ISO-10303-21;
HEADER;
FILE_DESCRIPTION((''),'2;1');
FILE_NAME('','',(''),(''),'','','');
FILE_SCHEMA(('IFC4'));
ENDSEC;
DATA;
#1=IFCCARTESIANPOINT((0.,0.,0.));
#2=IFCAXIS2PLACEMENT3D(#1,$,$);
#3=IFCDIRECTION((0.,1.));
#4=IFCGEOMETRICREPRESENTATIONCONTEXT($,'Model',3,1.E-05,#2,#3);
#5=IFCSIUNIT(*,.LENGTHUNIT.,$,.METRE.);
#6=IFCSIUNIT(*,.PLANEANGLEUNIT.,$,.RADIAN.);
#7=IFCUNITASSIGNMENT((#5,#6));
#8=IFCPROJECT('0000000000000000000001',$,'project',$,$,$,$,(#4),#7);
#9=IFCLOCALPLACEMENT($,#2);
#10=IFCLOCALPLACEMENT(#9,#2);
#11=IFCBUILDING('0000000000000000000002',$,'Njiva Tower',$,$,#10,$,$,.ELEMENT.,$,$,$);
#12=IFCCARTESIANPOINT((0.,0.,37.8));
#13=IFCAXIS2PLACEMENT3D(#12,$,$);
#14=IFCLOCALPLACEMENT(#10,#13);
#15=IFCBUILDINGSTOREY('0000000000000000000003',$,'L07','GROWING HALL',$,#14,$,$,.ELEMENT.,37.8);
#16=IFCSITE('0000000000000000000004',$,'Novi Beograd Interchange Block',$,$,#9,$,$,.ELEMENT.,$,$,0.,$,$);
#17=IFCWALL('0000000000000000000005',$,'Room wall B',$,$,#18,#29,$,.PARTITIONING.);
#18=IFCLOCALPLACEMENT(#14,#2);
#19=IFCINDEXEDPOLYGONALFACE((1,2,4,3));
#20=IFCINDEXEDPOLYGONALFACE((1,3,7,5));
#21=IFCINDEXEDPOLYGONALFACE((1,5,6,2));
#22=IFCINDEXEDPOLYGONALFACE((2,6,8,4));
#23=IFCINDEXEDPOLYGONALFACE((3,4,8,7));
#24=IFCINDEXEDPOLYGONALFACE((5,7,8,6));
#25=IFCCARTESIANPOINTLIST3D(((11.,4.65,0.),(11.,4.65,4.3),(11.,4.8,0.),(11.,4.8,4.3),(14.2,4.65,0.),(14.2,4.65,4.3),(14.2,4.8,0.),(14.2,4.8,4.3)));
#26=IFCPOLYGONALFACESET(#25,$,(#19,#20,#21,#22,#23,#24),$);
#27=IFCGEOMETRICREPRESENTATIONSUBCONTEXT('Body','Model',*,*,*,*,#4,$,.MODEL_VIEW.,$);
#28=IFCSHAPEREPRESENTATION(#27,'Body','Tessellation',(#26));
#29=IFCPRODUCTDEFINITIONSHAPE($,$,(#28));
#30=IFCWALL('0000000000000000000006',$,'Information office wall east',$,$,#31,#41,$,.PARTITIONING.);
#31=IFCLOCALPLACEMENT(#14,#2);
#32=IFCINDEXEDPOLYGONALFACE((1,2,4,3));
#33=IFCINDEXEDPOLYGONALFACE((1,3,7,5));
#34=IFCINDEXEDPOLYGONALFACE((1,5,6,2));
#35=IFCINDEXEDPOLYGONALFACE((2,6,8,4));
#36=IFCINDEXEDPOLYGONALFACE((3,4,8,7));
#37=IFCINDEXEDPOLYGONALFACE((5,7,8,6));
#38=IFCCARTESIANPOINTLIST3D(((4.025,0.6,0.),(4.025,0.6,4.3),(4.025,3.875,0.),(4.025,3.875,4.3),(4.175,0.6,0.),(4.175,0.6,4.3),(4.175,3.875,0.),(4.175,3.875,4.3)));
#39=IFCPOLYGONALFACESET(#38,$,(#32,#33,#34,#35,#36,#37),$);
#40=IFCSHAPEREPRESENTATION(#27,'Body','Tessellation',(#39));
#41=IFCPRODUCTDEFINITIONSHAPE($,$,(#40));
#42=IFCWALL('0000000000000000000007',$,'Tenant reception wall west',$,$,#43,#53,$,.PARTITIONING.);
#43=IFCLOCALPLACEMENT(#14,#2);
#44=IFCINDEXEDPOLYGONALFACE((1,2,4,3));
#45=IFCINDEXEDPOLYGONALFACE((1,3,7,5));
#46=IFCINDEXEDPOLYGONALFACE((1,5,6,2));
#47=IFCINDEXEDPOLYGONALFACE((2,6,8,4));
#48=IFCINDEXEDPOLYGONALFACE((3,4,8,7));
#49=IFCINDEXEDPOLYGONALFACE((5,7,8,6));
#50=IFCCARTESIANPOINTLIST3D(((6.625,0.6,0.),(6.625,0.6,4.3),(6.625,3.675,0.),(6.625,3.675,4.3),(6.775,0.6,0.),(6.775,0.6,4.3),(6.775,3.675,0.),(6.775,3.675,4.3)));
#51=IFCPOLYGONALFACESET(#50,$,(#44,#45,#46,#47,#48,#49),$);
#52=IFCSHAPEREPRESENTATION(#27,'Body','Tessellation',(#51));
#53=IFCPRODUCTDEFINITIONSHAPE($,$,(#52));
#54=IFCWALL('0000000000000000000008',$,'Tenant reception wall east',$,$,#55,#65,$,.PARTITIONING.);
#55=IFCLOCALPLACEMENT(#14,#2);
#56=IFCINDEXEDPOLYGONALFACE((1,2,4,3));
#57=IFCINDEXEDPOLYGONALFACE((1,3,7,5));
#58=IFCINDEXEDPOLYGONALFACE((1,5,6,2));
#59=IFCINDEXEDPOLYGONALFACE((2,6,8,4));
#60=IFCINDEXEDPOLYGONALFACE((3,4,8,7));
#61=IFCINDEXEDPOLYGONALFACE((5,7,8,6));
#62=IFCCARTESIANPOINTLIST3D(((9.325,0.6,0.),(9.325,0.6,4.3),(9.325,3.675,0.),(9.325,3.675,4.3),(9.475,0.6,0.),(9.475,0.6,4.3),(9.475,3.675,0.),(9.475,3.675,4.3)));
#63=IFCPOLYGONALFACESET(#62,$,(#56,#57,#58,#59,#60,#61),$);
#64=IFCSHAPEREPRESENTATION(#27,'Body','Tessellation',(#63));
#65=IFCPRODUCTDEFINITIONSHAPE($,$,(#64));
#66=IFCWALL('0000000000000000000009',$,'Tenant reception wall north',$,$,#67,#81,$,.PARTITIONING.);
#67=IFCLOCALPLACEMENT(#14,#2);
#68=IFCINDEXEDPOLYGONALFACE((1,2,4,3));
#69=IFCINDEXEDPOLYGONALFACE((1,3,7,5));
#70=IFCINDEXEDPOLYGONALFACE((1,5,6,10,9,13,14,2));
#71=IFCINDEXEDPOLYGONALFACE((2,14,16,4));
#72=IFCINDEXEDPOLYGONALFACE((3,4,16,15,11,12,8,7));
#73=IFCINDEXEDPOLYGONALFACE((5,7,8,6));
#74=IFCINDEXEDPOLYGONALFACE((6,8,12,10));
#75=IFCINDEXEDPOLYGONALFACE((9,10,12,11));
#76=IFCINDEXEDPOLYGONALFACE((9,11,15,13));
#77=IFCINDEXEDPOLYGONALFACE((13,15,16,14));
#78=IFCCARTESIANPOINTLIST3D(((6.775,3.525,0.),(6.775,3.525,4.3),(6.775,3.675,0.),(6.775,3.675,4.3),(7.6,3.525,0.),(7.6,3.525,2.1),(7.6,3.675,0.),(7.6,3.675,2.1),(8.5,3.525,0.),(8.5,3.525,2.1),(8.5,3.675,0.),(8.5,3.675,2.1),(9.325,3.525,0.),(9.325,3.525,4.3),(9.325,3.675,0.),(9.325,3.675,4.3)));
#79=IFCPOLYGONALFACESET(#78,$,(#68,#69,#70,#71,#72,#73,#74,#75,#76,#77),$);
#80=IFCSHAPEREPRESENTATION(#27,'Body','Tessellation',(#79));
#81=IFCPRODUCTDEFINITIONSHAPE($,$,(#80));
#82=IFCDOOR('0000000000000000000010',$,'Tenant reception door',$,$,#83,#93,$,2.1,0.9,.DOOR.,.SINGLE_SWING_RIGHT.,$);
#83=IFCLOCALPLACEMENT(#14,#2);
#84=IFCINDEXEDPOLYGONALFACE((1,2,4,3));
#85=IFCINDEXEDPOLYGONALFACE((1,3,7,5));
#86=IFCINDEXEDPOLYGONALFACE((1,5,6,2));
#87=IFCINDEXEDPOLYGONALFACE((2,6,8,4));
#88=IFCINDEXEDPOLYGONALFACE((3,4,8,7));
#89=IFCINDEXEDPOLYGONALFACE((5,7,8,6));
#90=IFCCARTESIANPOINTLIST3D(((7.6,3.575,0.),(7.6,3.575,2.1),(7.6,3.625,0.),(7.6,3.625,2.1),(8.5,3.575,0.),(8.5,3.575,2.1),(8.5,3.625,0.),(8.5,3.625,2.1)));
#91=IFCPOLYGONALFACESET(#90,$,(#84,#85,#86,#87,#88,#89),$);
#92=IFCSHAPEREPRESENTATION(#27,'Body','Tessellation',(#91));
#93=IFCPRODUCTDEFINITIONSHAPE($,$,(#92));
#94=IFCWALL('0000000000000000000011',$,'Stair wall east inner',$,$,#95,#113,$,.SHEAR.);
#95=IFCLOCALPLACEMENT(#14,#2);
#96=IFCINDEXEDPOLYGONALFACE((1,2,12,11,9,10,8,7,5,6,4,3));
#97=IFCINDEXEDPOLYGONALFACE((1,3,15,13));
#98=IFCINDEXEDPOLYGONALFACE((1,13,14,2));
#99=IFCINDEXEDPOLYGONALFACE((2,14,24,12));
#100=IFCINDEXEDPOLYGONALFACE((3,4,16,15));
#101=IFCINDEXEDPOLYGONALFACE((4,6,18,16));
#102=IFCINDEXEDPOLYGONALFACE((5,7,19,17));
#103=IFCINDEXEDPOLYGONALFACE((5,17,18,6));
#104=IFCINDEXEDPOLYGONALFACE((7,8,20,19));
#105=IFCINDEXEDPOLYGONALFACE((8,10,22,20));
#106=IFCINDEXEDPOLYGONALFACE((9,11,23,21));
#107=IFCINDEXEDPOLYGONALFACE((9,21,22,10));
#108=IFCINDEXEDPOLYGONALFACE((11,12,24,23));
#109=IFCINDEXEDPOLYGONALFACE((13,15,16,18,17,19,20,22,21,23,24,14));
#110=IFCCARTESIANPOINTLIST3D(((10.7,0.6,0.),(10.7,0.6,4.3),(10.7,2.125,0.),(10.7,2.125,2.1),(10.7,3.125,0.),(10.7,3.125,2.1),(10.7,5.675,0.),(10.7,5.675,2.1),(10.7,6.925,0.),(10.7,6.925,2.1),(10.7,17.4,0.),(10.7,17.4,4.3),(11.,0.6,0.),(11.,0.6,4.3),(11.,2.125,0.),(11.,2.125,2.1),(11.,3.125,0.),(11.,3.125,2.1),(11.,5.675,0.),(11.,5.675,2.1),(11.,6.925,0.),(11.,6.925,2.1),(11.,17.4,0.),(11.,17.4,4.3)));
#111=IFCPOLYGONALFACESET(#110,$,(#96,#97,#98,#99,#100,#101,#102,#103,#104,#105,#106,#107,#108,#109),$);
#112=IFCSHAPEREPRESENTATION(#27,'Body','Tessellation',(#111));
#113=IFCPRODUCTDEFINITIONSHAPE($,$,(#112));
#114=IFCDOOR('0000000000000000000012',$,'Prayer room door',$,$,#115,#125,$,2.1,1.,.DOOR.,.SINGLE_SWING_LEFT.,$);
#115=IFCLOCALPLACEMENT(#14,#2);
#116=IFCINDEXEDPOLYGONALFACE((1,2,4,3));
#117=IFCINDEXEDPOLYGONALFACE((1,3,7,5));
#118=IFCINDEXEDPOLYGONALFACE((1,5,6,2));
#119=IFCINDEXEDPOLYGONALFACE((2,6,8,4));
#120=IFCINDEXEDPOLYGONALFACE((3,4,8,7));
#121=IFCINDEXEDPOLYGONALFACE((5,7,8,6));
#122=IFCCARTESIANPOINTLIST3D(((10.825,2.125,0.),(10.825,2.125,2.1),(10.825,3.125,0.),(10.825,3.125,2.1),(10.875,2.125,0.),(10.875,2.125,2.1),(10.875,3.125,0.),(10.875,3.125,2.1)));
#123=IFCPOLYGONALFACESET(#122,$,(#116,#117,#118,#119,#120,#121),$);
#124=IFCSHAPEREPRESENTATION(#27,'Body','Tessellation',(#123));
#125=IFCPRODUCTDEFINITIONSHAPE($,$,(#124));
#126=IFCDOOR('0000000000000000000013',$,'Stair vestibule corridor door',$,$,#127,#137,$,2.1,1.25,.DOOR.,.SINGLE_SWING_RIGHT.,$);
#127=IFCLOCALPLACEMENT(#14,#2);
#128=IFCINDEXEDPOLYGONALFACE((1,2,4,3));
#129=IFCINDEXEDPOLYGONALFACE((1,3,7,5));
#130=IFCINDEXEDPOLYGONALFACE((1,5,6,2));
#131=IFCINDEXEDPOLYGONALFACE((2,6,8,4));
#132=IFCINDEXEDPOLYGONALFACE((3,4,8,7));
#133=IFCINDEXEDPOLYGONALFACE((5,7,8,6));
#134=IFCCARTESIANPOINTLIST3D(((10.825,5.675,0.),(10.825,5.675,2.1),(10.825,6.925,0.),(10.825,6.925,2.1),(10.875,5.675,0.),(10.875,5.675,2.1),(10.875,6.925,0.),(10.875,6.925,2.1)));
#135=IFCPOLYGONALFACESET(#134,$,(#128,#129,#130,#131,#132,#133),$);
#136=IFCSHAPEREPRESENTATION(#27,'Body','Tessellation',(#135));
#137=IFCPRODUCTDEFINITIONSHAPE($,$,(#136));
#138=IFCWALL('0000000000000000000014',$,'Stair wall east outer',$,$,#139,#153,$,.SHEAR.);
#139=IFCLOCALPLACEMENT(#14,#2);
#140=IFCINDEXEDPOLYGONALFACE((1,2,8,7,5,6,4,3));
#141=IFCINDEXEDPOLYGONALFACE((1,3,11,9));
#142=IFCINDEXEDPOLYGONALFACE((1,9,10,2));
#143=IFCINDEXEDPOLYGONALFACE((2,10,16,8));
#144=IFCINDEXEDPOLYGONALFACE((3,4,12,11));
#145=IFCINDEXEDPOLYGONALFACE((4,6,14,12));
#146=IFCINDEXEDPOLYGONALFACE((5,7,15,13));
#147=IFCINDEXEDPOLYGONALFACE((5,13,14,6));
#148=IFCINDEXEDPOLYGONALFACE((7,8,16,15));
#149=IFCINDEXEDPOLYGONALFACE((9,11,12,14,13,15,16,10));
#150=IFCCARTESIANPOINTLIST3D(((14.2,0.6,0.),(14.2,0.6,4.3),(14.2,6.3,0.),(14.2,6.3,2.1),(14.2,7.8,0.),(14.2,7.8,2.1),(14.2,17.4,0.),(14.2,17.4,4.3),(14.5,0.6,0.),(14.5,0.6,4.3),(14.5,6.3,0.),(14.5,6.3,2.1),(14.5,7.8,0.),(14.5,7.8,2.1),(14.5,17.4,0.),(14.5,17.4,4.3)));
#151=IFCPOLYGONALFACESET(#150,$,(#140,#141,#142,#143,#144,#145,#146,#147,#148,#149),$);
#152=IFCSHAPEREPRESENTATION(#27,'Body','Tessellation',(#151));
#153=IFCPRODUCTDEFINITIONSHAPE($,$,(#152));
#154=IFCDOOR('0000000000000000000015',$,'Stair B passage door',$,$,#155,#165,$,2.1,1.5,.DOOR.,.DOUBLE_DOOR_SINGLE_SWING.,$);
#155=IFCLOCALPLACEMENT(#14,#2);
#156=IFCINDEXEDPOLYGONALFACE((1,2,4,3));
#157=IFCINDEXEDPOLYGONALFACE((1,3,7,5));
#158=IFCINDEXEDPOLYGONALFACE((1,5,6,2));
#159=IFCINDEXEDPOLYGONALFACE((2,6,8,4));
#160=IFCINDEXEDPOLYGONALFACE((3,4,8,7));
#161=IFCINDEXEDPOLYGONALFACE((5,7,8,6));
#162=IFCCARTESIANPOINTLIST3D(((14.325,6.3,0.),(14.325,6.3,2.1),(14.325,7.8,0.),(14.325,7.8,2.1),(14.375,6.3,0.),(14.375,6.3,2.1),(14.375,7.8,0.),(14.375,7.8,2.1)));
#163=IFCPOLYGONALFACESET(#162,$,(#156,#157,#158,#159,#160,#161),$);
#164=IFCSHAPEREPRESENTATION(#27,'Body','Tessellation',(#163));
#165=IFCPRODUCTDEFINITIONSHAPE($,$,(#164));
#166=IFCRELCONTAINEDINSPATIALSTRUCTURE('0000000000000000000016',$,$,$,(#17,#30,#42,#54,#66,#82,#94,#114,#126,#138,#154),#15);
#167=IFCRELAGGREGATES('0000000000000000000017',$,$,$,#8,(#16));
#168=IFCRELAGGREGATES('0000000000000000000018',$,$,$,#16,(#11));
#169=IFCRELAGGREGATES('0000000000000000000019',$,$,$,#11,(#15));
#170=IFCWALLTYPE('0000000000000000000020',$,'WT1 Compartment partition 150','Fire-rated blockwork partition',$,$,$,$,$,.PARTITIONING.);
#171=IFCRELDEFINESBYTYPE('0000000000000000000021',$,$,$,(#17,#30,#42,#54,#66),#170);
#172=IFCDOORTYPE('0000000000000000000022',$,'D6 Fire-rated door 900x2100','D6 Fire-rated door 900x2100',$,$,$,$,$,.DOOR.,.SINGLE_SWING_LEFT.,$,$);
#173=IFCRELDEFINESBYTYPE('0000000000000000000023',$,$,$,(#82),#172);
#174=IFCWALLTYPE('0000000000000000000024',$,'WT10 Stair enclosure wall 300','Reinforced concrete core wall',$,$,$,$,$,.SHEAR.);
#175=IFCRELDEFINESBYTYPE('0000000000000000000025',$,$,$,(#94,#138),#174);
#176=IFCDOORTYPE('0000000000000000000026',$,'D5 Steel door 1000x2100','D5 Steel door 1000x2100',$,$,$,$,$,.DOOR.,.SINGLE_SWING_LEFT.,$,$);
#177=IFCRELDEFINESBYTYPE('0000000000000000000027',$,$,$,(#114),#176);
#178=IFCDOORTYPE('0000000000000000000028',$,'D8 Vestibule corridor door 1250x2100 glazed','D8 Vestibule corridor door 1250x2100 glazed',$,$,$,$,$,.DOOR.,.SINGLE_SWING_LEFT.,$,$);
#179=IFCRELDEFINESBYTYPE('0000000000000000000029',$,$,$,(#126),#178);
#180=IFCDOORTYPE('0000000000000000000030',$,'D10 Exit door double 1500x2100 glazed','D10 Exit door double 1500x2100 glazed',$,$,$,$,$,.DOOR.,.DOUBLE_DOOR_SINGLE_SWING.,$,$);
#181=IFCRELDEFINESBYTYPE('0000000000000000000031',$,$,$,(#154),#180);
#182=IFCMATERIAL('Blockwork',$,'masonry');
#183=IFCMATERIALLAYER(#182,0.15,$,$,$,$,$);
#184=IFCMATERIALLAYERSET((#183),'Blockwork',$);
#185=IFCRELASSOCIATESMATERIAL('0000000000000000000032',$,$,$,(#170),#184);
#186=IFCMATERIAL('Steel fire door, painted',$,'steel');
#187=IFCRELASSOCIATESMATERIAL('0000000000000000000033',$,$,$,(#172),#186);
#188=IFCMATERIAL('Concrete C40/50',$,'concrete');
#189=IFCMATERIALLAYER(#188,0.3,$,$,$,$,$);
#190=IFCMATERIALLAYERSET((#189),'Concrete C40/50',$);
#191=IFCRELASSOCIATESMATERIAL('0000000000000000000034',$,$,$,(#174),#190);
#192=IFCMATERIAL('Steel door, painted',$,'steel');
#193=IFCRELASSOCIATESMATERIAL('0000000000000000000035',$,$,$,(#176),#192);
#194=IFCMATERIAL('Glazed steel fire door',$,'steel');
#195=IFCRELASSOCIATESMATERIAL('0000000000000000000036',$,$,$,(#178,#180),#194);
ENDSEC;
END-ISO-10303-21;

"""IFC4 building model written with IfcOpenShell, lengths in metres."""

from ifc_helpers import new_model, si_unit, direction, frame, frame_2d, origin, place, context, subcontext, project, spatial, rectangle, extrude, material, layer, layer_set, type_object, element, fill, save


model = new_model("IFC4")

# Units and contexts
model_context = context("Model", 3, precision=1e-05, world=origin(), true_north=direction((0.0, 1.0)))
body_context = subcontext(model_context, "Body", "Model", "MODEL_VIEW")
ifc_project = project(units=[si_unit("LENGTHUNIT", "METRE"), si_unit("PLANEANGLEUNIT", "RADIAN")], contexts=[model_context])

# Site, building, storey
site_placement = place(None, origin())
site = spatial("IfcSite", under=ifc_project, at=site_placement, Name="Novi Beograd Interchange Block", CompositionType="ELEMENT", RefElevation=0.0)
building_placement = place(site_placement, origin())
building = spatial("IfcBuilding", under=site, at=building_placement, Name="Njiva Tower", CompositionType="ELEMENT")
storey_placement = place(building_placement, frame((0.0, 0.0, 37.8)))
storey = spatial("IfcBuildingStorey", under=building, at=storey_placement, Name="L07", Description="GROWING HALL", CompositionType="ELEMENT", Elevation=37.8)

# Shared definitions
ifc_material_1 = material(Name="Concrete C40/50", Category="concrete")

# Walls
ifc_material_2 = material(Name="Blockwork", Category="masonry")
ifc_layer_1 = layer(ifc_material_2, 0.15)
ifc_layer_set_1 = layer_set([ifc_layer_1], Name="Blockwork")
wall_type_1 = type_object("IfcWallType", Name="WT1 Compartment partition 150", Description="Fire-rated blockwork partition", PredefinedType="PARTITIONING", material=ifc_layer_set_1)
wall_1_placement = place(storey_placement, frame((11.0, 4.725, 0.0), z_axis=(0.0, 0.0, 1.0), x_axis=(1.0, 0.0, 0.0)))
element("IfcWall", 1, at=wall_1_placement, inside=storey, type_object=wall_type_1, Name="Room wall B", PredefinedType="PARTITIONING", context=body_context, shape_type="SweptSolid", body=[
    extrude(rectangle(XDim=3.2, YDim=0.15, at=frame_2d((1.6, 0.0))), origin(), (0.0, 0.0, 1.0), 4.3),
])
wall_2_placement = place(storey_placement, frame((4.1, 0.6, 0.0), z_axis=(0.0, 0.0, 1.0), x_axis=(0.0, 1.0, 0.0)))
element("IfcWall", 2, at=wall_2_placement, inside=storey, type_object=wall_type_1, Name="Information office wall east", PredefinedType="PARTITIONING", context=body_context, shape_type="SweptSolid", body=[
    extrude(rectangle(XDim=3.275, YDim=0.15, at=frame_2d((1.6375, 0.0))), origin(), (0.0, 0.0, 1.0), 4.3),
])
for number, where, z_axis, x_axis, name in (
    (3, (6.7, 0.6, 0.0), (0.0, 0.0, 1.0), (0.0, 1.0, 0.0), "Tenant reception wall west"),
    (4, (9.4, 0.6, 0.0), (0.0, 0.0, 1.0), (0.0, 1.0, 0.0), "Tenant reception wall east"),
):
    element("IfcWall", number, at=place(storey_placement, frame(where, z_axis=z_axis, x_axis=x_axis)), inside=storey, type_object=wall_type_1, Name=name, PredefinedType="PARTITIONING", context=body_context, shape_type="SweptSolid", body=[
        extrude(rectangle(XDim=3.075, YDim=0.15, at=frame_2d((1.5375, 0.0))), origin(), (0.0, 0.0, 1.0), 4.3),
    ])

# Wall, opening, door
wall_3_placement = place(storey_placement, frame((6.775, 3.6, 0.0), z_axis=(0.0, 0.0, 1.0), x_axis=(1.0, 0.0, 0.0)))
wall_3 = element("IfcWall", 5, at=wall_3_placement, inside=storey, type_object=wall_type_1, Name="Tenant reception wall north", PredefinedType="PARTITIONING", context=body_context, shape_type="SweptSolid", body=[
    extrude(rectangle(XDim=2.55, YDim=0.15, at=frame_2d((1.275, 0.0))), origin(), (0.0, 0.0, 1.0), 4.3),
])
opening_1_placement = place(wall_3_placement, frame((0.825, 0.0, 0.0)))
opening_1 = element("IfcOpeningElement", 6, at=opening_1_placement, cuts=wall_3, PredefinedType="OPENING", context=body_context, shape_type="SweptSolid", body=[
    extrude(rectangle(XDim=0.9, YDim=2.1, at=frame_2d((0.45, 1.05))), frame((0.0, 0.085, 0.0), z_axis=(0.0, -1.0, 0.0), x_axis=(1.0, 0.0, 0.0)), (0.0, 0.0, 1.0), 0.17),
])
ifc_material_3 = material(Name="Steel fire door, painted", Category="steel")
door_type_1 = type_object("IfcDoorType", Name="D6 Fire-rated door 900x2100", Description="D6 Fire-rated door 900x2100", OperationType="SINGLE_SWING_LEFT", PredefinedType="DOOR", material=ifc_material_3)
door_1_placement = place(opening_1_placement, origin())
door_1 = element("IfcDoor", 7, at=door_1_placement, inside=storey, type_object=door_type_1, Name="Tenant reception door", OperationType="SINGLE_SWING_RIGHT", OverallHeight=2.1, OverallWidth=0.9, PredefinedType="DOOR", context=body_context, shape_type="SweptSolid", body=[
    extrude(rectangle(XDim=0.9, YDim=2.1, at=frame_2d((0.45, 1.05))), frame((0.0, 0.025, 0.0), z_axis=(0.0, -1.0, 0.0), x_axis=(1.0, 0.0, 0.0)), (0.0, 0.0, 1.0), 0.05),
])
fill(opening_1, door_1)

# Wall, openings, doors
ifc_layer_2 = layer(ifc_material_1, 0.3)
ifc_layer_set_2 = layer_set([ifc_layer_2], Name="Concrete C40/50")
wall_type_2 = type_object("IfcWallType", Name="WT10 Stair enclosure wall 300", Description="Reinforced concrete core wall", PredefinedType="SHEAR", material=ifc_layer_set_2)
wall_4_placement = place(storey_placement, frame((10.85, 0.6, 0.0), z_axis=(0.0, 0.0, 1.0), x_axis=(0.0, 1.0, 0.0)))
wall_4 = element("IfcWall", 8, at=wall_4_placement, inside=storey, type_object=wall_type_2, Name="Stair wall east inner", PredefinedType="SHEAR", context=body_context, shape_type="SweptSolid", body=[
    extrude(rectangle(XDim=16.8, YDim=0.3, at=frame_2d((8.4, 0.0))), origin(), (0.0, 0.0, 1.0), 4.3),
])
opening_2_placement = place(wall_4_placement, frame((5.075, 0.0, 0.0)))
opening_2 = element("IfcOpeningElement", 9, at=opening_2_placement, cuts=wall_4, PredefinedType="OPENING", context=body_context, shape_type="SweptSolid", body=[
    extrude(rectangle(XDim=1.25, YDim=2.1, at=frame_2d((0.625, 1.05))), frame((0.0, 0.16, 0.0), z_axis=(0.0, -1.0, 0.0), x_axis=(1.0, 0.0, 0.0)), (0.0, 0.0, 1.0), 0.32),
])
opening_3_placement = place(wall_4_placement, frame((1.525, 0.0, 0.0)))
opening_3 = element("IfcOpeningElement", 10, at=opening_3_placement, cuts=wall_4, PredefinedType="OPENING", context=body_context, shape_type="SweptSolid", body=[
    extrude(rectangle(XDim=1.0, YDim=2.1, at=frame_2d((0.5, 1.05))), frame((0.0, 0.16, 0.0), z_axis=(0.0, -1.0, 0.0), x_axis=(1.0, 0.0, 0.0)), (0.0, 0.0, 1.0), 0.32),
])
ifc_material_4 = material(Name="Steel door, painted", Category="steel")
door_type_2 = type_object("IfcDoorType", Name="D5 Steel door 1000x2100", Description="D5 Steel door 1000x2100", OperationType="SINGLE_SWING_LEFT", PredefinedType="DOOR", material=ifc_material_4)
door_2_placement = place(opening_3_placement, origin())
door_2 = element("IfcDoor", 11, at=door_2_placement, inside=storey, type_object=door_type_2, Name="Prayer room door", OperationType="SINGLE_SWING_LEFT", OverallHeight=2.1, OverallWidth=1.0, PredefinedType="DOOR", context=body_context, shape_type="SweptSolid", body=[
    extrude(rectangle(XDim=1.0, YDim=2.1, at=frame_2d((0.5, 1.05))), frame((0.0, 0.025, 0.0), z_axis=(0.0, -1.0, 0.0), x_axis=(1.0, 0.0, 0.0)), (0.0, 0.0, 1.0), 0.05),
])
fill(opening_3, door_2)
ifc_material_5 = material(Name="Glazed steel fire door", Category="steel")
door_type_3 = type_object("IfcDoorType", Name="D8 Vestibule corridor door 1250x2100 glazed", Description="D8 Vestibule corridor door 1250x2100 glazed", OperationType="SINGLE_SWING_LEFT", PredefinedType="DOOR", material=ifc_material_5)
door_3_placement = place(opening_2_placement, origin())
door_3 = element("IfcDoor", 12, at=door_3_placement, inside=storey, type_object=door_type_3, Name="Stair vestibule corridor door", OperationType="SINGLE_SWING_RIGHT", OverallHeight=2.1, OverallWidth=1.25, PredefinedType="DOOR", context=body_context, shape_type="SweptSolid", body=[
    extrude(rectangle(XDim=1.25, YDim=2.1, at=frame_2d((0.625, 1.05))), frame((0.0, 0.025, 0.0), z_axis=(0.0, -1.0, 0.0), x_axis=(1.0, 0.0, 0.0)), (0.0, 0.0, 1.0), 0.05),
])
fill(opening_2, door_3)

# Wall, opening, door
wall_5_placement = place(storey_placement, frame((14.35, 0.6, 0.0), z_axis=(0.0, 0.0, 1.0), x_axis=(0.0, 1.0, 0.0)))
wall_5 = element("IfcWall", 13, at=wall_5_placement, inside=storey, type_object=wall_type_2, Name="Stair wall east outer", PredefinedType="SHEAR", context=body_context, shape_type="SweptSolid", body=[
    extrude(rectangle(XDim=16.8, YDim=0.3, at=frame_2d((8.4, 0.0))), origin(), (0.0, 0.0, 1.0), 4.3),
])
opening_4_placement = place(wall_5_placement, frame((5.7, 0.0, 0.0)))
opening_4 = element("IfcOpeningElement", 14, at=opening_4_placement, cuts=wall_5, PredefinedType="OPENING", context=body_context, shape_type="SweptSolid", body=[
    extrude(rectangle(XDim=1.5, YDim=2.1, at=frame_2d((0.75, 1.05))), frame((0.0, 0.16, 0.0), z_axis=(0.0, -1.0, 0.0), x_axis=(1.0, 0.0, 0.0)), (0.0, 0.0, 1.0), 0.32),
])
door_type_4 = type_object("IfcDoorType", Name="D10 Exit door double 1500x2100 glazed", Description="D10 Exit door double 1500x2100 glazed", OperationType="DOUBLE_DOOR_SINGLE_SWING", PredefinedType="DOOR", material=ifc_material_5)
door_4_placement = place(opening_4_placement, origin())
door_4 = element("IfcDoor", 15, at=door_4_placement, inside=storey, type_object=door_type_4, Name="Stair B passage door", OperationType="DOUBLE_DOOR_SINGLE_SWING", OverallHeight=2.1, OverallWidth=1.5, PredefinedType="DOOR", context=body_context, shape_type="SweptSolid", body=[
    extrude(rectangle(XDim=1.5, YDim=2.1, at=frame_2d((0.75, 1.05))), frame((0.0, 0.025, 0.0), z_axis=(0.0, -1.0, 0.0), x_axis=(1.0, 0.0, 0.0)), (0.0, 0.0, 1.0), 0.05),
])
fill(opening_4, door_4)

save(model, "model.ifc")
